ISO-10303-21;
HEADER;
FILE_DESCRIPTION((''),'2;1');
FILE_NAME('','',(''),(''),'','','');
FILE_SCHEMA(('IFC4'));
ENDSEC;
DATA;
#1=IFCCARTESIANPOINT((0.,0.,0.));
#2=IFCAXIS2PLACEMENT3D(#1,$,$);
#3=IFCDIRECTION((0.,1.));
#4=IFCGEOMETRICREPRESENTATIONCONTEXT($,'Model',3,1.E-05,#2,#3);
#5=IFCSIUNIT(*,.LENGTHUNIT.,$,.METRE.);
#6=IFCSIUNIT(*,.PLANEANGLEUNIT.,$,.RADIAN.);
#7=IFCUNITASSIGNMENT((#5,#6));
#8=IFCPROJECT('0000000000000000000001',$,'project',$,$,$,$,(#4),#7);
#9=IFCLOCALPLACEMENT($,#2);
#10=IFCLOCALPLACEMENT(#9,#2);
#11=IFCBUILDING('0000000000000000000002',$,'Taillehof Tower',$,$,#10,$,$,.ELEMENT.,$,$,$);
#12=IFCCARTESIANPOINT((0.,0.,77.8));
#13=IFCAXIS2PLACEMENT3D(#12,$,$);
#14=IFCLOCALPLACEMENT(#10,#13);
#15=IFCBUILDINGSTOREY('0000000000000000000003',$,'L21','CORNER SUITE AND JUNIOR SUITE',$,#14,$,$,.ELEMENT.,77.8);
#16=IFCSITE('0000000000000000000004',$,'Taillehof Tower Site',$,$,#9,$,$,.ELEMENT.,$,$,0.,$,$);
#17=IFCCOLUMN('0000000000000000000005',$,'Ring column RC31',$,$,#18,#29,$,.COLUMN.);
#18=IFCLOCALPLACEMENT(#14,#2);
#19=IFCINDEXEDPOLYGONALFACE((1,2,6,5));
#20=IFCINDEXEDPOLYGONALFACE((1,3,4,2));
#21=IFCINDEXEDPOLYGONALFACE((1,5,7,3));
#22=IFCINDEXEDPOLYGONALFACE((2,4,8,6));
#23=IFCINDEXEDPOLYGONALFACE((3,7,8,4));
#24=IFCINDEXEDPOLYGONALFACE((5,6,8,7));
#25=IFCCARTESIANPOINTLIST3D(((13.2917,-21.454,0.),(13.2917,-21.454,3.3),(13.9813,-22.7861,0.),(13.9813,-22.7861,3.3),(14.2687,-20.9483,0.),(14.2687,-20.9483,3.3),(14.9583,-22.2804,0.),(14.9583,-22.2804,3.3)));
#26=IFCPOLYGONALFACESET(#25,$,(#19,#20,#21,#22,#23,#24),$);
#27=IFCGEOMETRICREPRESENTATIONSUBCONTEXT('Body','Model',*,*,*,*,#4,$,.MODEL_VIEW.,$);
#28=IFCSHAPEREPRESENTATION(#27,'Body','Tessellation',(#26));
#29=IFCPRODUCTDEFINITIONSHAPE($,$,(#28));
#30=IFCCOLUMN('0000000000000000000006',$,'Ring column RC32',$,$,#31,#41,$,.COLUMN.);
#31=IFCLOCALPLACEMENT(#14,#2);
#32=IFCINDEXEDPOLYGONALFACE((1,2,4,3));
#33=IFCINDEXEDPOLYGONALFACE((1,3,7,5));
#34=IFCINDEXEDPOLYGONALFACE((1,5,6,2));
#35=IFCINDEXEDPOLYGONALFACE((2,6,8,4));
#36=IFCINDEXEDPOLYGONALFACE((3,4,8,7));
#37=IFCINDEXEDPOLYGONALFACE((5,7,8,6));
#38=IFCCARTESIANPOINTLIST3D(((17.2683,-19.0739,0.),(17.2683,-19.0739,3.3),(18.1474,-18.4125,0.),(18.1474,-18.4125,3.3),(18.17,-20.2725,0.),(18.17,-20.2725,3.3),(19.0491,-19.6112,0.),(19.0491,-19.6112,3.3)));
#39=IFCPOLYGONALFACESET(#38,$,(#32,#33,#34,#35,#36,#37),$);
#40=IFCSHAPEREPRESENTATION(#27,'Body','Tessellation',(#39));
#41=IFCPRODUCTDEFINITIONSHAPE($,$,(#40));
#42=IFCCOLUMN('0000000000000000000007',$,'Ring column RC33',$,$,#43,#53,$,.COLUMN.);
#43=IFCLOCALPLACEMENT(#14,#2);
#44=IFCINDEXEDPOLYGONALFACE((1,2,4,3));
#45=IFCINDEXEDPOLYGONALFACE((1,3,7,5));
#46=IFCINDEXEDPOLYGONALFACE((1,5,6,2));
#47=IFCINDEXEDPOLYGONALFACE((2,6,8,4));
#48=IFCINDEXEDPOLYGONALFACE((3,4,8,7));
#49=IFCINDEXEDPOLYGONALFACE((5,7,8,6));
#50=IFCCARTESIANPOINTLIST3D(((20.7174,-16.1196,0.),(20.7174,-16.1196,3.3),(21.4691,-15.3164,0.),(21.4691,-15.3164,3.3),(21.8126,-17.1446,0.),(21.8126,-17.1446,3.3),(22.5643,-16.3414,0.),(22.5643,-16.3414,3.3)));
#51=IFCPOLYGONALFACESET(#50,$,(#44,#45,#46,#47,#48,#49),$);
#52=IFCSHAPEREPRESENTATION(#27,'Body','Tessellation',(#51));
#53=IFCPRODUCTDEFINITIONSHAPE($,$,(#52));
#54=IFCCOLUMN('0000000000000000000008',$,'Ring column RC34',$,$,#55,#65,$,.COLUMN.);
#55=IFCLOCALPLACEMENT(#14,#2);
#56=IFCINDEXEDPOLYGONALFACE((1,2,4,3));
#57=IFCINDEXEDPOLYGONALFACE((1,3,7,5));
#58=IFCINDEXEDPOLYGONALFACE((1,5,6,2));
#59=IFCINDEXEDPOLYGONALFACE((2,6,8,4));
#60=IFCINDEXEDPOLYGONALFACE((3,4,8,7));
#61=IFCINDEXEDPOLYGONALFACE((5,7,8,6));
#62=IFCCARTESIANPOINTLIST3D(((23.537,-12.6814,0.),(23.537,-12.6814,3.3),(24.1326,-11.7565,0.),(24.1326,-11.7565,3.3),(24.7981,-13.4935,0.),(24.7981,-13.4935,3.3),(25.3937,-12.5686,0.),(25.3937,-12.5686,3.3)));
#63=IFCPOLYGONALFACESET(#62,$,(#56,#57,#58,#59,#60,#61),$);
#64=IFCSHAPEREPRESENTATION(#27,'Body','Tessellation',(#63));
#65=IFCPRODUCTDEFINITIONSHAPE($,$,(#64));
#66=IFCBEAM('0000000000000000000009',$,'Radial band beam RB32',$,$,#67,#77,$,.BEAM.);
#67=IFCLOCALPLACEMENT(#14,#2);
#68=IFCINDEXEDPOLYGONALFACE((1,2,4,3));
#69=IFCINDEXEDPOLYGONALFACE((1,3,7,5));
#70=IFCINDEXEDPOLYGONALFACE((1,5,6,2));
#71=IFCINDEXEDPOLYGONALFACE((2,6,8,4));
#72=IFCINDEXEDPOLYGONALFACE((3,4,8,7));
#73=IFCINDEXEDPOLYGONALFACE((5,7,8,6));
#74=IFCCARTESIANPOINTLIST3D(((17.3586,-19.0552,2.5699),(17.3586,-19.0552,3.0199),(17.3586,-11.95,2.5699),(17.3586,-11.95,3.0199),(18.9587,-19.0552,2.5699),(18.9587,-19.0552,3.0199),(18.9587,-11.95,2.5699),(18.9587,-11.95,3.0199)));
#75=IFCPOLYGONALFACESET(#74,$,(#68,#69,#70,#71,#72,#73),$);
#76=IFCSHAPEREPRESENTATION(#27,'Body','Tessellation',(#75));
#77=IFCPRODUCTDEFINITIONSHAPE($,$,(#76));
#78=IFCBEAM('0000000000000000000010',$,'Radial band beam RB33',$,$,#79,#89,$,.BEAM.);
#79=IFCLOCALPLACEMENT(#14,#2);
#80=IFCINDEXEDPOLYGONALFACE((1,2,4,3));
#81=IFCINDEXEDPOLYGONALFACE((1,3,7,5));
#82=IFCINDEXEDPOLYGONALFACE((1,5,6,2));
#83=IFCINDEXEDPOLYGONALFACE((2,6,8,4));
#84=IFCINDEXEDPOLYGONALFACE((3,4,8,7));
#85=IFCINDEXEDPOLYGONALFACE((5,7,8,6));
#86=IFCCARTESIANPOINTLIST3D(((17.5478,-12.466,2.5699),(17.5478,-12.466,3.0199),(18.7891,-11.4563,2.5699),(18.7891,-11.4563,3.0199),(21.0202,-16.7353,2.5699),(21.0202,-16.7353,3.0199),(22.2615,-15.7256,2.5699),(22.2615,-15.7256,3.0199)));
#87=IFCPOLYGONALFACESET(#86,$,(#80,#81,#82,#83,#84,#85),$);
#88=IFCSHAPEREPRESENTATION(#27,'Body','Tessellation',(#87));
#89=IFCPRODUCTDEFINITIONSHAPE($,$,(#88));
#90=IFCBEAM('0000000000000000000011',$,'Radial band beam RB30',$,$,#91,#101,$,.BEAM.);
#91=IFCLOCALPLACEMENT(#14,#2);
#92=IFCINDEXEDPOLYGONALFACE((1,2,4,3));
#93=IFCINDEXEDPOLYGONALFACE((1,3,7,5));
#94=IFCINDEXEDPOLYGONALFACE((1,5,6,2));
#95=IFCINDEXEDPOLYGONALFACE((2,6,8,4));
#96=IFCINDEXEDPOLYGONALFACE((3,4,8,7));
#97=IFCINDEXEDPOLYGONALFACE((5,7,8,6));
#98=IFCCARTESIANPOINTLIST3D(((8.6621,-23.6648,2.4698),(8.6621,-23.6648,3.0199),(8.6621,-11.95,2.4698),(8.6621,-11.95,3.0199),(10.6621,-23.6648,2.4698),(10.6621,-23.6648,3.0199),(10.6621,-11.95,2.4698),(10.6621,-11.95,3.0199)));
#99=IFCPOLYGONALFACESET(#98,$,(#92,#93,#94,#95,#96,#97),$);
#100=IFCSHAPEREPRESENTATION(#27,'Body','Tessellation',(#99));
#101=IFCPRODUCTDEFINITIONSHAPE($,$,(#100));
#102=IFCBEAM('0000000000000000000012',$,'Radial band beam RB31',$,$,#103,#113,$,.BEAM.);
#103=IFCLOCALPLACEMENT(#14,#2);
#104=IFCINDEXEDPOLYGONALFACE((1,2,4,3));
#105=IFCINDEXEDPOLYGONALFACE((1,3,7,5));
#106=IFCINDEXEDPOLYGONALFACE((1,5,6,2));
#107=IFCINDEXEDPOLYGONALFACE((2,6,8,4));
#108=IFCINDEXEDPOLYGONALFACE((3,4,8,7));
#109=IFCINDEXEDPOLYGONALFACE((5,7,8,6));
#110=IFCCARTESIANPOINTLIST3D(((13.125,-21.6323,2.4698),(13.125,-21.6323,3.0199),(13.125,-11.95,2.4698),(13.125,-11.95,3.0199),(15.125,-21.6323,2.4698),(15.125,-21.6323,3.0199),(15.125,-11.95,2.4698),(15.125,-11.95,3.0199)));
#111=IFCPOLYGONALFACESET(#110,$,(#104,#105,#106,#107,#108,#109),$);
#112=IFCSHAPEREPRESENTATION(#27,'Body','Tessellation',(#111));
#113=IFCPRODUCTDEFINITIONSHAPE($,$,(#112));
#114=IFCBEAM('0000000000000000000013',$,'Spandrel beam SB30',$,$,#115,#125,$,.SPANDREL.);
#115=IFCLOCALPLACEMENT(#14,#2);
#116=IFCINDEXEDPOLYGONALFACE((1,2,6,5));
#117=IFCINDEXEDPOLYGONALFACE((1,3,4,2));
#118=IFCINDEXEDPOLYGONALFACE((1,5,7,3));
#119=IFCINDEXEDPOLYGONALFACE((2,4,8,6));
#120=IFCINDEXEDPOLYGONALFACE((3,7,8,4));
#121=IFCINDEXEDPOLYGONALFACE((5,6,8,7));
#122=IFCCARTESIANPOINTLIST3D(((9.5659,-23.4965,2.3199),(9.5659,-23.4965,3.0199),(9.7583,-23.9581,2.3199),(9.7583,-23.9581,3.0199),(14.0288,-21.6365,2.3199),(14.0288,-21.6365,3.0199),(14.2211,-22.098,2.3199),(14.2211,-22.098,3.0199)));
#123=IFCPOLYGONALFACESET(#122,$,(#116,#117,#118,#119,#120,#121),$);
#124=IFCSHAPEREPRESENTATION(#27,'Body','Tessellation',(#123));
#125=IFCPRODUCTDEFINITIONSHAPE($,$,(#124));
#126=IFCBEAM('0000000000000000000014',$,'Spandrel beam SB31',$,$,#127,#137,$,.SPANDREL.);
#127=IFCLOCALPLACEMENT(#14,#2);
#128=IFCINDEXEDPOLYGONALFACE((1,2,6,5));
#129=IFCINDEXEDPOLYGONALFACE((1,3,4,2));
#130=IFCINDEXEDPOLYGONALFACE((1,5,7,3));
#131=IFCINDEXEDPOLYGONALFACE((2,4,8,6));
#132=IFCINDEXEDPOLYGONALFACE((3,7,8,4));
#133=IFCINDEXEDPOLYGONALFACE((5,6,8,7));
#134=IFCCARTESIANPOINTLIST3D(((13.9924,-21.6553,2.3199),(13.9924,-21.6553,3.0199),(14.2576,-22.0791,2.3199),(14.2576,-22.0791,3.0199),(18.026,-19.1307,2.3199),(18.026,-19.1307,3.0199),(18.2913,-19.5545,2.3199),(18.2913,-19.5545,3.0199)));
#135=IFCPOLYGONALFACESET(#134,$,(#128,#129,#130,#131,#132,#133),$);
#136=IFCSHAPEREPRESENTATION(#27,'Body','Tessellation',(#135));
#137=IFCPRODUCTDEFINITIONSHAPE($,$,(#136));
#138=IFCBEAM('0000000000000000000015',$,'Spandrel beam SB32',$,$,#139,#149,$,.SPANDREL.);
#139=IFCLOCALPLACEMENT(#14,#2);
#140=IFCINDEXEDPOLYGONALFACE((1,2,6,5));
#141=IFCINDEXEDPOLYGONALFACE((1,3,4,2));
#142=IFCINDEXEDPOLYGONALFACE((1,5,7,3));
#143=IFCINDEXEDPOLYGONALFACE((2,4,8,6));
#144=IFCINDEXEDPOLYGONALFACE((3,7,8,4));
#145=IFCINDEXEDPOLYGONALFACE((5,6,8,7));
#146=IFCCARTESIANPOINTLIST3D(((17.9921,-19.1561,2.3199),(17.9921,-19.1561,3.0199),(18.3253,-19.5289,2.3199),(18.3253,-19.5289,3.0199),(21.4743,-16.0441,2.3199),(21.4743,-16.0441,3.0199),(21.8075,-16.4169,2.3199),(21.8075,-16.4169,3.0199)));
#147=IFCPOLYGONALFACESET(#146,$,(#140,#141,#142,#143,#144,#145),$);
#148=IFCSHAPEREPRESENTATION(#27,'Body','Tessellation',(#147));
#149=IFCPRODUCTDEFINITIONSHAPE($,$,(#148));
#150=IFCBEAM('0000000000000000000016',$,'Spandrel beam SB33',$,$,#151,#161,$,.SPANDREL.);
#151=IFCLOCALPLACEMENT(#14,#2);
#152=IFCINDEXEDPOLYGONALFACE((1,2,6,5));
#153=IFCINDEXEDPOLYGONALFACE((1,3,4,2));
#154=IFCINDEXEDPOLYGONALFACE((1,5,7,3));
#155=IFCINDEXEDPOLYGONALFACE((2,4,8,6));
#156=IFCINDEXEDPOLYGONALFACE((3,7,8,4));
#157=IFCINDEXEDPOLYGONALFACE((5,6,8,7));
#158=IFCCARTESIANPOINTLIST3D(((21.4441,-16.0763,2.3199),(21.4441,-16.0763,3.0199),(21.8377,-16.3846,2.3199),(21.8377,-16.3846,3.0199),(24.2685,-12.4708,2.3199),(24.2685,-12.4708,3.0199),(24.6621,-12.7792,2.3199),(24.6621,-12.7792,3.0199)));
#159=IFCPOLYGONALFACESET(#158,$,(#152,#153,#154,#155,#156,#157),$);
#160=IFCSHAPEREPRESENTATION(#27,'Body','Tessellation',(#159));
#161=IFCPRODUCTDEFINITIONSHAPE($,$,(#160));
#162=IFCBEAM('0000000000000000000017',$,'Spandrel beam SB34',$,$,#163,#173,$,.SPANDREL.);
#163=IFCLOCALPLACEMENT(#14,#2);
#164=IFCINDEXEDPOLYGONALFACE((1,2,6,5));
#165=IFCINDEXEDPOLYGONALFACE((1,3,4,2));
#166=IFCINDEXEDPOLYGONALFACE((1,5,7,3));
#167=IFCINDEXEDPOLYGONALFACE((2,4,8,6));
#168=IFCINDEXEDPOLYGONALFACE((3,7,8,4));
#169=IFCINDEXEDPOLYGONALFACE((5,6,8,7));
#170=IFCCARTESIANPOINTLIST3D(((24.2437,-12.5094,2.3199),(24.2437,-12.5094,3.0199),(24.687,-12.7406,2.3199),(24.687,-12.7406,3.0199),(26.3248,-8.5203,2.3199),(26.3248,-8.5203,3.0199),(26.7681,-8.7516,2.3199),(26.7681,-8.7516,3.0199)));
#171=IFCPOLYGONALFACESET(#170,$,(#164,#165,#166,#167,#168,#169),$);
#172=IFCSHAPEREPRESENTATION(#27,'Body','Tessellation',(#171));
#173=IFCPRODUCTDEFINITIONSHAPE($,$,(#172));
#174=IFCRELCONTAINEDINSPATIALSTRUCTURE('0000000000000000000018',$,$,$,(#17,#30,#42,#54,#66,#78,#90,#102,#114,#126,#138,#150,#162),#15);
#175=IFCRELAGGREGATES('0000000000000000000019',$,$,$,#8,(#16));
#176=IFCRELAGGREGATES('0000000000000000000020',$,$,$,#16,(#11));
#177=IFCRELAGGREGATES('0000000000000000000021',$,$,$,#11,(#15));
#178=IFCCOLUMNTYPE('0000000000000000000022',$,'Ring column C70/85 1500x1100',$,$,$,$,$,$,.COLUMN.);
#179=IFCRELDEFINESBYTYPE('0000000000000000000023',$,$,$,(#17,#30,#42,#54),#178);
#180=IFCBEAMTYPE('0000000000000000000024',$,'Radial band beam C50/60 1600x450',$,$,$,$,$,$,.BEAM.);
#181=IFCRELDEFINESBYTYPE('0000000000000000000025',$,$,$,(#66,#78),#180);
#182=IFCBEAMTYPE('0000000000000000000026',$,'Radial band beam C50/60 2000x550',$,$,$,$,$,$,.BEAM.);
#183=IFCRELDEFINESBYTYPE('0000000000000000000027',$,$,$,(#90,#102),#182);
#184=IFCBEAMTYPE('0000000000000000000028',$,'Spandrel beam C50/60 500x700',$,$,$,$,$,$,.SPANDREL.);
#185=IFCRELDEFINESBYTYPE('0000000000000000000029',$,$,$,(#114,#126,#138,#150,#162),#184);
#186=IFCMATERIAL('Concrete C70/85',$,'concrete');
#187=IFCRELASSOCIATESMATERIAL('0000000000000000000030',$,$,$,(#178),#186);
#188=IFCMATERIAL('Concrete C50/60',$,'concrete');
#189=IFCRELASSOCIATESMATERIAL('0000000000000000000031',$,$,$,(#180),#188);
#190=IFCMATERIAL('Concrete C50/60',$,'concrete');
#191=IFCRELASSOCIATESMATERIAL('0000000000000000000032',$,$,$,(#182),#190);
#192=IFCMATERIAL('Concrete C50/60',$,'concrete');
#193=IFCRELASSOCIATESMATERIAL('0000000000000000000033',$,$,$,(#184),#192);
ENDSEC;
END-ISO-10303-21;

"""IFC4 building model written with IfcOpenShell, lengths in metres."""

from ifc_helpers import new_model, si_unit, direction, frame, origin, origin_2d, place, context, subcontext, project, spatial, rectangle, extrude, material, material_profile, profile_set, type_object, element, save


model = new_model("IFC4")

# Units and contexts
model_context = context("Model", 3, precision=1e-05, world=origin(), true_north=direction((0.0, 1.0)))
body_context = subcontext(model_context, "Body", "Model", "MODEL_VIEW")
ifc_project = project(units=[si_unit("LENGTHUNIT", "METRE"), si_unit("PLANEANGLEUNIT", "RADIAN")], contexts=[model_context])

# Site, building, storey
site_placement = place(None, origin())
site = spatial("IfcSite", under=ifc_project, at=site_placement, Name="Taillehof Tower Site", CompositionType="ELEMENT", RefElevation=0.0)
building_placement = place(site_placement, origin())
building = spatial("IfcBuilding", under=site, at=building_placement, Name="Taillehof Tower", CompositionType="ELEMENT")
storey_placement = place(building_placement, frame((0.0, 0.0, 77.8)))
storey = spatial("IfcBuildingStorey", under=building, at=storey_placement, Name="L21", Description="CORNER SUITE AND JUNIOR SUITE", CompositionType="ELEMENT", Elevation=77.8)

# Columns
ifc_material_1 = material(Name="Concrete C70/85", Category="concrete")
ifc_material_profile_1 = material_profile(ifc_material_1, rectangle(XDim=1.5, YDim=1.1001, at=origin_2d()), Name="RC 1500x1100")
ifc_profile_set_1 = profile_set([ifc_material_profile_1], Name="Concrete C70/85")
column_type = type_object("IfcColumnType", Name="Ring column C70/85 1500x1100", PredefinedType="COLUMN", material=ifc_profile_set_1)
for number, where, z_axis, x_axis, name in (
    (1, (14.125, -21.8672, 0.0), (0.0, 0.0, 1.0), (0.459691, -0.888079, 0.0), "Ring column RC31"),
    (2, (18.1587, -19.3425, 0.0), (0.0, 0.0, 1.0), (0.601174, -0.799118, 0.0), "Ring column RC32"),
    (3, (21.6409, -16.2305, 0.0), (0.0, 0.0, 1.0), (0.730113, -0.683326, 0.0), "Ring column RC33"),
    (4, (24.4653, -12.625, 0.0), (0.0, 0.0, 1.0), (0.840754, -0.541418, 0.0), "Ring column RC34"),
):
    element("IfcColumn", number, at=place(storey_placement, frame(where, z_axis=z_axis, x_axis=x_axis)), inside=storey, type_object=column_type, Name=name, PredefinedType="COLUMN", context=body_context, shape_type="SweptSolid", body=[
        extrude(rectangle(XDim=1.5, YDim=1.1001, at=origin_2d()), origin(), (0.0, 0.0, 1.0), 3.3),
    ])

# Beams
ifc_material_2 = material(Name="Concrete C50/60", Category="concrete")
ifc_material_profile_2 = material_profile(ifc_material_2, rectangle(XDim=1.6001, YDim=0.45, at=origin_2d()), Name="RC 1600x450")
ifc_profile_set_2 = profile_set([ifc_material_profile_2], Name="Concrete C50/60")
beam_type_1 = type_object("IfcBeamType", Name="Radial band beam C50/60 1600x450", PredefinedType="BEAM", material=ifc_profile_set_2)
beam_1_placement = place(storey_placement, frame((18.1587, -19.0552, 2.7949), z_axis=(0.0, 1.0, 0.0), x_axis=(-1.0, 0.0, 0.0)))
element("IfcBeam", 5, at=beam_1_placement, inside=storey, type_object=beam_type_1, Name="Radial band beam RB32", PredefinedType="BEAM", context=body_context, shape_type="SweptSolid", body=[
    extrude(rectangle(XDim=1.6001, YDim=0.45, at=origin_2d()), origin(), (0.0, 0.0, 1.0), 7.1052),
])
beam_2_placement = place(storey_placement, frame((21.6409, -16.2305, 2.7949), z_axis=(-0.630988, 0.775792, 0.0), x_axis=(-0.775792, -0.630988, 0.0)))
element("IfcBeam", 6, at=beam_2_placement, inside=storey, type_object=beam_type_1, Name="Radial band beam RB33", PredefinedType="BEAM", context=body_context, shape_type="SweptSolid", body=[
    extrude(rectangle(XDim=1.6001, YDim=0.45, at=origin_2d()), origin(), (0.0, 0.0, 1.0), 5.5032),
])
ifc_material_3 = material(Name="Concrete C50/60", Category="concrete")
ifc_material_profile_3 = material_profile(ifc_material_3, rectangle(XDim=2.0, YDim=0.55, at=origin_2d()), Name="RC 2000x550")
ifc_profile_set_3 = profile_set([ifc_material_profile_3], Name="Concrete C50/60")
beam_type_2 = type_object("IfcBeamType", Name="Radial band beam C50/60 2000x550", PredefinedType="BEAM", material=ifc_profile_set_3)
beam_3_placement = place(storey_placement, frame((9.6621, -23.6648, 2.7449), z_axis=(0.0, 1.0, 0.0), x_axis=(-1.0, 0.0, 0.0)))
element("IfcBeam", 7, at=beam_3_placement, inside=storey, type_object=beam_type_2, Name="Radial band beam RB30", PredefinedType="BEAM", context=body_context, shape_type="SweptSolid", body=[
    extrude(rectangle(XDim=2.0, YDim=0.55, at=origin_2d()), origin(), (0.0, 0.0, 1.0), 11.7148),
])
beam_4_placement = place(storey_placement, frame((14.125, -21.6323, 2.7449), z_axis=(0.0, 1.0, 0.0), x_axis=(-1.0, 0.0, 0.0)))
element("IfcBeam", 8, at=beam_4_placement, inside=storey, type_object=beam_type_2, Name="Radial band beam RB31", PredefinedType="BEAM", context=body_context, shape_type="SweptSolid", body=[
    extrude(rectangle(XDim=2.0, YDim=0.55, at=origin_2d()), origin(), (0.0, 0.0, 1.0), 9.6824),
])
ifc_material_4 = material(Name="Concrete C50/60", Category="concrete")
ifc_material_profile_4 = material_profile(ifc_material_4, rectangle(XDim=0.5, YDim=0.7, at=origin_2d()), Name="RC 500x700")
ifc_profile_set_4 = profile_set([ifc_material_profile_4], Name="Concrete C50/60")
beam_type_3 = type_object("IfcBeamType", Name="Spandrel beam C50/60 500x700", PredefinedType="SPANDREL", material=ifc_profile_set_4)
beam_5_placement = place(storey_placement, frame((9.6621, -23.7273, 2.6699), z_axis=(0.923035, 0.384716, 0.0), x_axis=(-0.384716, 0.923035, 0.0)))
element("IfcBeam", 9, at=beam_5_placement, inside=storey, type_object=beam_type_3, Name="Spandrel beam SB30", PredefinedType="SPANDREL", context=body_context, shape_type="SweptSolid", body=[
    extrude(rectangle(XDim=0.5, YDim=0.7, at=origin_2d()), origin(), (0.0, 0.0, 1.0), 4.835),
])
beam_6_placement = place(storey_placement, frame((14.125, -21.8672, 2.6699), z_axis=(0.847658, 0.530543, 0.0), x_axis=(-0.530543, 0.847658, 0.0)))
element("IfcBeam", 10, at=beam_6_placement, inside=storey, type_object=beam_type_3, Name="Spandrel beam SB31", PredefinedType="SPANDREL", context=body_context, shape_type="SweptSolid", body=[
    extrude(rectangle(XDim=0.5, YDim=0.7, at=origin_2d()), origin(), (0.0, 0.0, 1.0), 4.7585),
])
beam_7_placement = place(storey_placement, frame((18.1587, -19.3425, 2.6699), z_axis=(0.745621, 0.66637, 0.0), x_axis=(-0.66637, 0.745621, 0.0)))
element("IfcBeam", 11, at=beam_7_placement, inside=storey, type_object=beam_type_3, Name="Spandrel beam SB32", PredefinedType="SPANDREL", context=body_context, shape_type="SweptSolid", body=[
    extrude(rectangle(XDim=0.5, YDim=0.7, at=origin_2d()), origin(), (0.0, 0.0, 1.0), 4.6702),
])
beam_8_placement = place(storey_placement, frame((21.6409, -16.2305, 2.6699), z_axis=(0.616686, 0.787209, 0.0), x_axis=(-0.787209, 0.616686, 0.0)))
element("IfcBeam", 12, at=beam_8_placement, inside=storey, type_object=beam_type_3, Name="Spandrel beam SB33", PredefinedType="SPANDREL", context=body_context, shape_type="SweptSolid", body=[
    extrude(rectangle(XDim=0.5, YDim=0.7, at=origin_2d()), origin(), (0.0, 0.0, 1.0), 4.5801),
])
beam_9_placement = place(storey_placement, frame((24.4653, -12.625, 2.6699), z_axis=(0.462536, 0.8866, 0.0), x_axis=(-0.8866, 0.462536, 0.0)))
element("IfcBeam", 13, at=beam_9_placement, inside=storey, type_object=beam_type_3, Name="Spandrel beam SB34", PredefinedType="SPANDREL", context=body_context, shape_type="SweptSolid", body=[
    extrude(rectangle(XDim=0.5, YDim=0.7, at=origin_2d()), origin(), (0.0, 0.0, 1.0), 4.4993),
])

save(model, "model.ifc")
